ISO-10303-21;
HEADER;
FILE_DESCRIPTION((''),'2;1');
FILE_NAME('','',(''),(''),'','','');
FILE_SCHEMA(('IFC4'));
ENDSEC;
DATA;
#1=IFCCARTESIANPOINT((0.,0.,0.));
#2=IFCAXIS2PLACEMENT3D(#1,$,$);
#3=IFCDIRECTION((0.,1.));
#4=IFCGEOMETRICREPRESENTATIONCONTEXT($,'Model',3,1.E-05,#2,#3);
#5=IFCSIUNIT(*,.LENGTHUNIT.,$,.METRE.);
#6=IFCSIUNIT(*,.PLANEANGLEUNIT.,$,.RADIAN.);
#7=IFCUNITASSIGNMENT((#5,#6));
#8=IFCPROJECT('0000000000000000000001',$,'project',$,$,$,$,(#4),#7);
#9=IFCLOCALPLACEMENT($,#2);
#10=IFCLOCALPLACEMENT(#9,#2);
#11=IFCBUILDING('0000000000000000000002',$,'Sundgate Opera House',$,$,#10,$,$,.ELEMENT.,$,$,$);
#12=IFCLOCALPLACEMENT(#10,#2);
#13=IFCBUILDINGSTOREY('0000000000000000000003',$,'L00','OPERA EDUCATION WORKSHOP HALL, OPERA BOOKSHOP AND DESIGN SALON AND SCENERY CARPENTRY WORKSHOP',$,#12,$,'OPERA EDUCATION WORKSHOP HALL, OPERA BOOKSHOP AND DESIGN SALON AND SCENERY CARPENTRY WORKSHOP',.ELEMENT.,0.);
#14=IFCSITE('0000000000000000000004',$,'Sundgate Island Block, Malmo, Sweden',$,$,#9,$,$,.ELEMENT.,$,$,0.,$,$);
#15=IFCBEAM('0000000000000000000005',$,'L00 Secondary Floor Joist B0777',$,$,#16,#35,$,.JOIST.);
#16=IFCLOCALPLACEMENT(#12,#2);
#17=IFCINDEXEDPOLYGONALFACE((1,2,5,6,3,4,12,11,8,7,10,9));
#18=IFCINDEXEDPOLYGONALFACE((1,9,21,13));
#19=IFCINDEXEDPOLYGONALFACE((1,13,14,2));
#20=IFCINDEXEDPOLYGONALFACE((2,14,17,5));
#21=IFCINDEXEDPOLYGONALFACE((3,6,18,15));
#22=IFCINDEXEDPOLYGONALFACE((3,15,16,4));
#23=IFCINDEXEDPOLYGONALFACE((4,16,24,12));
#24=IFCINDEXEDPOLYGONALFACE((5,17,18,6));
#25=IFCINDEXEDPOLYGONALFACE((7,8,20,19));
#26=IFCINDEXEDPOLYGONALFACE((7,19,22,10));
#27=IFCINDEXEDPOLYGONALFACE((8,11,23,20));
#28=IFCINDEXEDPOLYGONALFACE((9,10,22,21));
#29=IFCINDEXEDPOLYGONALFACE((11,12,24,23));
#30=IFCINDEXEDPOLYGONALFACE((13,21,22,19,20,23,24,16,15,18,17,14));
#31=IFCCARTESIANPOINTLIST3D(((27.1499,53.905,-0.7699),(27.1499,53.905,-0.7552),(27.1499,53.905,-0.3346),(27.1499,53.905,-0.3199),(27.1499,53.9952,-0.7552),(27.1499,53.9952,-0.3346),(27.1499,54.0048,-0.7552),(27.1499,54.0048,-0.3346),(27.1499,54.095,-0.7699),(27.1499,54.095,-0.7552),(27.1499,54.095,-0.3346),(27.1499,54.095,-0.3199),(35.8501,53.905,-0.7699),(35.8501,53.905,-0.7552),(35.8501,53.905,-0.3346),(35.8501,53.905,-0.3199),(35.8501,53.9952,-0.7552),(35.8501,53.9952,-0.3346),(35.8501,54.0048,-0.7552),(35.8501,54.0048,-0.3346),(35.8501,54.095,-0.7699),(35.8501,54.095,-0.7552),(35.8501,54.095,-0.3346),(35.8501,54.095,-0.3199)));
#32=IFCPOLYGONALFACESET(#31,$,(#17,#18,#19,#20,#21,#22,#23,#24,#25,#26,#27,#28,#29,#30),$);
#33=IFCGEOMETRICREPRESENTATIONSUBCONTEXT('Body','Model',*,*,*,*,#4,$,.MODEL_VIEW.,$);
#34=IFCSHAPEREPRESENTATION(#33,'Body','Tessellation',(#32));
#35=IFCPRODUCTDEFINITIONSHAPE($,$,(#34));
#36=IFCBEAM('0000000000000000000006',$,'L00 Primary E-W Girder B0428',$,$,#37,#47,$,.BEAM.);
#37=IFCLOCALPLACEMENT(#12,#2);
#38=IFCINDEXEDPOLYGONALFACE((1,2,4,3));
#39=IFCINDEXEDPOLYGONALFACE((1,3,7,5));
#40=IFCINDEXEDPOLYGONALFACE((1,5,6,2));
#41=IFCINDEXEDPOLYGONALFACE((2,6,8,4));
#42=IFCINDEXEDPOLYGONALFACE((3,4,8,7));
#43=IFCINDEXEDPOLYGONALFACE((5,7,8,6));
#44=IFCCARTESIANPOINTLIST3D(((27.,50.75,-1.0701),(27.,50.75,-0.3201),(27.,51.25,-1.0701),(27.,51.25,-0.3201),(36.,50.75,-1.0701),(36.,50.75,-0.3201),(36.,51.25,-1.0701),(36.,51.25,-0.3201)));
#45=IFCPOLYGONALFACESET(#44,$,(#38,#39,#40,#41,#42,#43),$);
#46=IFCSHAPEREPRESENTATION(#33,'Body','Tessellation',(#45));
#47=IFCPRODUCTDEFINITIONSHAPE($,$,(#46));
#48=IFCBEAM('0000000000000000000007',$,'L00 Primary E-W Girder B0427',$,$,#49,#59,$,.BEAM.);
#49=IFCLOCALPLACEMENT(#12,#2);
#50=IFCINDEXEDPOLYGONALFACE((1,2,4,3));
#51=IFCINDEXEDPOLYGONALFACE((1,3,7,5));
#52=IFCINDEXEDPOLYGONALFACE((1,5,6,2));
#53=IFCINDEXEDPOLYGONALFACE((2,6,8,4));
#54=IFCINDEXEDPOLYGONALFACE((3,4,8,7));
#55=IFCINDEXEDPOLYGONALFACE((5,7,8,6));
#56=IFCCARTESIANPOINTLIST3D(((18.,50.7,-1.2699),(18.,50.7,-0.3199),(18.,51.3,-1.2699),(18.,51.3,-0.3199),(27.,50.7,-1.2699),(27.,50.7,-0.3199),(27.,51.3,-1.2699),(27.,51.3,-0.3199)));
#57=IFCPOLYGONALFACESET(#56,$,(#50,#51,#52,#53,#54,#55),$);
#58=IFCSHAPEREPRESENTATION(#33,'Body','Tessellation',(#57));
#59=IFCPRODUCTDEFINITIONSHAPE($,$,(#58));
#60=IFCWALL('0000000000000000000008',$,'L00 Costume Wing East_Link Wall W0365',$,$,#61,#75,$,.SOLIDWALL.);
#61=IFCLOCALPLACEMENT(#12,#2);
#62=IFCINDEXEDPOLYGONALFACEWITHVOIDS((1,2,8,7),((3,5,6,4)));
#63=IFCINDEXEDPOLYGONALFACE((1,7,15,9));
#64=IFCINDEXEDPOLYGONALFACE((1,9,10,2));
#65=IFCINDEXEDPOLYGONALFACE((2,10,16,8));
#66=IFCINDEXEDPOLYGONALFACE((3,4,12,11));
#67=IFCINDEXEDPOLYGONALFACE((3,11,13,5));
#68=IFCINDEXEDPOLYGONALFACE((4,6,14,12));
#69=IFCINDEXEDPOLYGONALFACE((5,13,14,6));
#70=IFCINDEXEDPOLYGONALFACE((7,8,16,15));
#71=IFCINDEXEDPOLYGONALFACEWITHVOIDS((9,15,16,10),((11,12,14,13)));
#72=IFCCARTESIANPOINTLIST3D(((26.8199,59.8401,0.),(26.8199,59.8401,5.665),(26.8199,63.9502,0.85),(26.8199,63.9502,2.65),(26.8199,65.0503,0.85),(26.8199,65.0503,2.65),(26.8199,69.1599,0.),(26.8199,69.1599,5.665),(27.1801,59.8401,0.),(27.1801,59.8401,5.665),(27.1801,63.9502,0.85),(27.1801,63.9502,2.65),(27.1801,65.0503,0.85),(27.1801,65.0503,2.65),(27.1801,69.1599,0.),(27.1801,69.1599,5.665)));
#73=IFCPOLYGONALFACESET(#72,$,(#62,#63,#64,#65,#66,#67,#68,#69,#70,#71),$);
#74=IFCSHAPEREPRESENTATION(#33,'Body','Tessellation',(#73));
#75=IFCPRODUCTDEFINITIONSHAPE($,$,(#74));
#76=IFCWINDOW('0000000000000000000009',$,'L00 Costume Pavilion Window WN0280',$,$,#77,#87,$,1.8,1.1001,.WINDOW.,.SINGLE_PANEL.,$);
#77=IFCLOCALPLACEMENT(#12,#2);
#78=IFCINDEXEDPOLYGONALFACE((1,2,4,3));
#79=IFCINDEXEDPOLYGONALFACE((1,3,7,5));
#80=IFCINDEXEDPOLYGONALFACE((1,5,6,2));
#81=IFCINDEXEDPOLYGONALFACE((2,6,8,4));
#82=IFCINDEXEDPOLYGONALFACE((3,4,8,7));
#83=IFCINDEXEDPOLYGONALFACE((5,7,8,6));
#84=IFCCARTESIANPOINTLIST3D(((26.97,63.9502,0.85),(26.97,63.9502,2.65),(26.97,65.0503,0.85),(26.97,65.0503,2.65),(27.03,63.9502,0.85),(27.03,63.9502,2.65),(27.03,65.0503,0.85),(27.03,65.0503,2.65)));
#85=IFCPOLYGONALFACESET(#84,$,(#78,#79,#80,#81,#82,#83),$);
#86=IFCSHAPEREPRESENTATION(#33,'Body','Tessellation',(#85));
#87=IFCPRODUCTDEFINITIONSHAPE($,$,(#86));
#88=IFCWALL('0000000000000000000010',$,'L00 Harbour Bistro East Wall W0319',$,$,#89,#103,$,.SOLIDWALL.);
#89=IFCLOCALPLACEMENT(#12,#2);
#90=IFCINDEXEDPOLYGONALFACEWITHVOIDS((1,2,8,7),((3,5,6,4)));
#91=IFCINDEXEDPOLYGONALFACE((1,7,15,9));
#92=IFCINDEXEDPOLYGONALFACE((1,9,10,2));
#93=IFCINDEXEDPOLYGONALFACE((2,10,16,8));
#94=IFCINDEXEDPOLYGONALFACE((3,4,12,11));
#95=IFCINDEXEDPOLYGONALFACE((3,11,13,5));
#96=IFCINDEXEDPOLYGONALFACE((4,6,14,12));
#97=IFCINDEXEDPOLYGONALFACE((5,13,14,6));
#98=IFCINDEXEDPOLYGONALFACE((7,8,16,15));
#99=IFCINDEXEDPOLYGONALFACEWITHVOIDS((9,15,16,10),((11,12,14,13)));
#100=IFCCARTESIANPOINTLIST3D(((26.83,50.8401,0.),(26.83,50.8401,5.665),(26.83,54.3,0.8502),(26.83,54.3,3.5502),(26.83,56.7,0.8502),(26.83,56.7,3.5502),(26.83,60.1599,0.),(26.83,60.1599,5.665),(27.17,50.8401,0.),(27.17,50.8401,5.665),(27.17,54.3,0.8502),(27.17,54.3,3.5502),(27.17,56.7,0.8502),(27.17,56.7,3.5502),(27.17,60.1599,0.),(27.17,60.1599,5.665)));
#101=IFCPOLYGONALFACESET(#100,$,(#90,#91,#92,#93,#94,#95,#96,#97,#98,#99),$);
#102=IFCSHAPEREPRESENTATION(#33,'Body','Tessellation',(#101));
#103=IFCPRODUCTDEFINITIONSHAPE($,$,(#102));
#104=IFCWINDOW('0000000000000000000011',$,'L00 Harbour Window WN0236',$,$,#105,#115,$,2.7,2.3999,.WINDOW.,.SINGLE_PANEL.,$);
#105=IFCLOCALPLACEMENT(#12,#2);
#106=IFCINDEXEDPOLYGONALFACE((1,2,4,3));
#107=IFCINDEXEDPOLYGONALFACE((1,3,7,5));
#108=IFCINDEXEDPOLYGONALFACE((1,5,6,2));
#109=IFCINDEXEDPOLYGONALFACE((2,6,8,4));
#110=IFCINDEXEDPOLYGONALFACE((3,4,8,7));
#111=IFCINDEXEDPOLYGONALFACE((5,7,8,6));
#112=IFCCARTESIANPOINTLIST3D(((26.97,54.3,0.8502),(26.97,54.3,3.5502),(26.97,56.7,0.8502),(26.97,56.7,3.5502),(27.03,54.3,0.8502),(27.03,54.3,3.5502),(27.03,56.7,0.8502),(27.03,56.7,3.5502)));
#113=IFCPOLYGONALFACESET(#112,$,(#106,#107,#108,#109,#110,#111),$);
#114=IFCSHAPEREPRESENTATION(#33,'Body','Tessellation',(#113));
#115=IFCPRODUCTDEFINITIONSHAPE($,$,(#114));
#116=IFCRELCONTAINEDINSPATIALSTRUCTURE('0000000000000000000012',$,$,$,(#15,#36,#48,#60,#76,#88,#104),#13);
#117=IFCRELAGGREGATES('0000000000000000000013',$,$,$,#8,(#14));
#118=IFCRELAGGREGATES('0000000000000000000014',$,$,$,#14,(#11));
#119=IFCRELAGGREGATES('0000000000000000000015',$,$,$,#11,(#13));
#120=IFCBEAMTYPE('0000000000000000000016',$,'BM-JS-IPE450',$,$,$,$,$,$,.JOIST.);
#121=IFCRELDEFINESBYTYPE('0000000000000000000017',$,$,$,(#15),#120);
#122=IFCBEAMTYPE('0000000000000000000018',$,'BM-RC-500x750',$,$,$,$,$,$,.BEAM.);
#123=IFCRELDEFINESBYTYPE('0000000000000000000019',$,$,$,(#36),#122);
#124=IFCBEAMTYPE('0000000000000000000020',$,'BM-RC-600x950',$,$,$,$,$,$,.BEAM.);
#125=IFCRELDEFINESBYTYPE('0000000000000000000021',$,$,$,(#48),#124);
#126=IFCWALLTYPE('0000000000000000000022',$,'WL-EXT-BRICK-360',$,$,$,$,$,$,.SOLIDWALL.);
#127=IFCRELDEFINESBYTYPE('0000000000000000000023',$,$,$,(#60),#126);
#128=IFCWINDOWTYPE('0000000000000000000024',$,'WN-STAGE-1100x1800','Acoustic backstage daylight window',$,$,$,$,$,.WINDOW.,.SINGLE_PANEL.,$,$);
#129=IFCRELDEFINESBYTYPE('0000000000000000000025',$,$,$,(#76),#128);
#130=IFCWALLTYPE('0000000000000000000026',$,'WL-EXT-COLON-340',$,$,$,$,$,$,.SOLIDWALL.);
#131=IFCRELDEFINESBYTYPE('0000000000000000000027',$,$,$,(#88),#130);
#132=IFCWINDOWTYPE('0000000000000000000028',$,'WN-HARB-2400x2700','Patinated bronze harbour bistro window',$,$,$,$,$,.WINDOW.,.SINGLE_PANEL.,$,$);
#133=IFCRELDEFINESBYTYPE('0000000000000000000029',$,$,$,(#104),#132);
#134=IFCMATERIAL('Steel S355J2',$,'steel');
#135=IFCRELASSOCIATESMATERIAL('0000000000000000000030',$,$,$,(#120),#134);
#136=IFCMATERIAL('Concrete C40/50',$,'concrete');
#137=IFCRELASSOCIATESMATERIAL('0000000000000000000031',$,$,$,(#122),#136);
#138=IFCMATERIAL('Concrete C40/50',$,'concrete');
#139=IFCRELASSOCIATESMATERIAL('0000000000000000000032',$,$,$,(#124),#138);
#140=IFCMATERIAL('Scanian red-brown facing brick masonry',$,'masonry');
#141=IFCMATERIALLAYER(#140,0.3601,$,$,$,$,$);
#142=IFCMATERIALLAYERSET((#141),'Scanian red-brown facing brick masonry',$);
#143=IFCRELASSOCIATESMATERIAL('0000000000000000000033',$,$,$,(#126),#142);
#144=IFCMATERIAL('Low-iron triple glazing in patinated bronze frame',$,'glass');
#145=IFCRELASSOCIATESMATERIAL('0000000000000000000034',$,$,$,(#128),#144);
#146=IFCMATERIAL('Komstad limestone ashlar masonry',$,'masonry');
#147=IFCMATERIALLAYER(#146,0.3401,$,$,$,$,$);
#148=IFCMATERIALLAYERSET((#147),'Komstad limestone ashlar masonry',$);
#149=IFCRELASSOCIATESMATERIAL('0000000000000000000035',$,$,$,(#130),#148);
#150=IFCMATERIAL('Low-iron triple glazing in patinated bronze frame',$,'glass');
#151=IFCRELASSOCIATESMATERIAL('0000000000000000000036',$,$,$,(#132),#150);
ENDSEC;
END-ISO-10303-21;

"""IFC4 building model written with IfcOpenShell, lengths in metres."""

from ifc_helpers import new_model, si_unit, direction, frame, frame_2d, origin, origin_2d, place, context, subcontext, project, spatial, rectangle, i_section, extrude, material, layer, layer_set, material_profile, profile_set, type_object, element, fill, save


model = new_model("IFC4")

# Units and contexts
model_context = context("Model", 3, precision=1e-05, world=origin(), true_north=direction((0.0, 1.0)))
body_context = subcontext(model_context, "Body", "Model", "MODEL_VIEW")
ifc_project = project(units=[si_unit("LENGTHUNIT", "METRE"), si_unit("PLANEANGLEUNIT", "RADIAN")], contexts=[model_context])

# Site, building, storey
site_placement = place(None, origin())
site = spatial("IfcSite", under=ifc_project, at=site_placement, Name="Sundgate Island Block, Malmo, Sweden", CompositionType="ELEMENT", RefElevation=0.0)
building_placement = place(site_placement, origin())
building = spatial("IfcBuilding", under=site, at=building_placement, Name="Sundgate Opera House", CompositionType="ELEMENT")
storey_placement = place(building_placement, origin())
storey = spatial("IfcBuildingStorey", under=building, at=storey_placement, Name="L00", Description="OPERA EDUCATION WORKSHOP HALL, OPERA BOOKSHOP AND DESIGN SALON AND SCENERY CARPENTRY WORKSHOP", LongName="OPERA EDUCATION WORKSHOP HALL, OPERA BOOKSHOP AND DESIGN SALON AND SCENERY CARPENTRY WORKSHOP", CompositionType="ELEMENT", Elevation=0.0)

# Beams
ifc_material_1 = material(Name="Steel S355J2", Category="steel")
ifc_material_profile_1 = material_profile(ifc_material_1, i_section(OverallWidth=0.1899, OverallDepth=0.45, WebThickness=0.0095, FlangeThickness=0.0146, at=origin_2d()), Name="IPE 450")
ifc_profile_set_1 = profile_set([ifc_material_profile_1], Name="Steel S355J2")
beam_type_1 = type_object("IfcBeamType", Name="BM-JS-IPE450", PredefinedType="JOIST", material=ifc_profile_set_1)
for number, where, z_axis, x_axis, name in (
    (1, (27.1499, 54.0, -0.5449), (1.0, 0.0, 0.0), (0.0, 1.0, 0.0), "L00 Secondary Floor Joist B0777"),
):
    element("IfcBeam", number, at=place(storey_placement, frame(where, z_axis=z_axis, x_axis=x_axis)), inside=storey, type_object=beam_type_1, Name=name, PredefinedType="JOIST", context=body_context, shape_type="SweptSolid", body=[
        extrude(i_section(OverallWidth=0.1899, OverallDepth=0.45, WebThickness=0.0095, FlangeThickness=0.0146, at=origin_2d()), origin(), (0.0, 0.0, 1.0), 8.7002),
    ])
ifc_material_2 = material(Name="Concrete C40/50", Category="concrete")
ifc_material_profile_2 = material_profile(ifc_material_2, rectangle(XDim=0.5, YDim=0.75, at=origin_2d()), Name="RC 500x750")
ifc_profile_set_2 = profile_set([ifc_material_profile_2], Name="Concrete C40/50")
beam_type_2 = type_object("IfcBeamType", Name="BM-RC-500x750", PredefinedType="BEAM", material=ifc_profile_set_2)
beam_1_placement = place(storey_placement, frame((27.0, 51.0, -0.6951), z_axis=(1.0, 0.0, 0.0), x_axis=(0.0, 1.0, 0.0)))
element("IfcBeam", 2, at=beam_1_placement, inside=storey, type_object=beam_type_2, Name="L00 Primary E-W Girder B0428", PredefinedType="BEAM", context=body_context, shape_type="SweptSolid", body=[
    extrude(rectangle(XDim=0.5, YDim=0.75, at=origin_2d()), origin(), (0.0, 0.0, 1.0), 9.0),
])
ifc_material_3 = material(Name="Concrete C40/50", Category="concrete")
ifc_material_profile_3 = material_profile(ifc_material_3, rectangle(XDim=0.6001, YDim=0.95, at=origin_2d()), Name="RC 600x950")
ifc_profile_set_3 = profile_set([ifc_material_profile_3], Name="Concrete C40/50")
beam_type_3 = type_object("IfcBeamType", Name="BM-RC-600x950", PredefinedType="BEAM", material=ifc_profile_set_3)
beam_2_placement = place(storey_placement, frame((18.0, 51.0, -0.7949), z_axis=(1.0, 0.0, 0.0), x_axis=(0.0, 1.0, 0.0)))
element("IfcBeam", 3, at=beam_2_placement, inside=storey, type_object=beam_type_3, Name="L00 Primary E-W Girder B0427", PredefinedType="BEAM", context=body_context, shape_type="SweptSolid", body=[
    extrude(rectangle(XDim=0.6001, YDim=0.95, at=origin_2d()), origin(), (0.0, 0.0, 1.0), 9.0),
])

# Walls, openings, windows
ifc_material_4 = material(Name="Scanian red-brown facing brick masonry", Category="masonry")
ifc_layer_1 = layer(ifc_material_4, 0.3601)
ifc_layer_set_1 = layer_set([ifc_layer_1], Name="Scanian red-brown facing brick masonry")
wall_type_1 = type_object("IfcWallType", Name="WL-EXT-BRICK-360", PredefinedType="SOLIDWALL", material=ifc_layer_set_1)
wall_1_placement = place(storey_placement, frame((27.0, 59.8401, 0.0), z_axis=(0.0, 0.0, 1.0), x_axis=(0.0, 1.0, 0.0)))
wall_1 = element("IfcWall", 4, at=wall_1_placement, inside=storey, type_object=wall_type_1, Name="L00 Costume Wing East_Link Wall W0365", PredefinedType="SOLIDWALL", context=body_context, shape_type="SweptSolid", body=[
    extrude(rectangle(XDim=9.3198, YDim=0.3601, at=frame_2d((4.6599, 0.0))), origin(), (0.0, 0.0, 1.0), 5.665),
])
opening_1_placement = place(wall_1_placement, frame((4.1101, 0.0, 0.8501)))
opening_1 = element("IfcOpeningElement", 5, at=opening_1_placement, cuts=wall_1, PredefinedType="OPENING", context=body_context, shape_type="SweptSolid", body=[
    extrude(rectangle(XDim=1.1001, YDim=1.8, at=frame_2d((0.55, 0.8999))), frame((0.0, 0.1899, 0.0), z_axis=(0.0, -1.0, 0.0), x_axis=(1.0, 0.0, 0.0)), (0.0, 0.0, 1.0), 0.3801),
])
ifc_material_5 = material(Name="Low-iron triple glazing in patinated bronze frame", Category="glass")
window_type_1 = type_object("IfcWindowType", Name="WN-STAGE-1100x1800", Description="Acoustic backstage daylight window", PartitioningType="SINGLE_PANEL", PredefinedType="WINDOW", material=ifc_material_5)
window_1_placement = place(opening_1_placement, origin())
window_1 = element("IfcWindow", 6, at=window_1_placement, inside=storey, type_object=window_type_1, Name="L00 Costume Pavilion Window WN0280", OverallHeight=1.8, OverallWidth=1.1001, PartitioningType="SINGLE_PANEL", PredefinedType="WINDOW", context=body_context, shape_type="SweptSolid", body=[
    extrude(rectangle(XDim=1.1001, YDim=1.8, at=frame_2d((0.55, 0.8999))), frame((0.0, 0.03, 0.0), z_axis=(0.0, -1.0, 0.0), x_axis=(1.0, 0.0, 0.0)), (0.0, 0.0, 1.0), 0.0601),
])
fill(opening_1, window_1)
ifc_material_6 = material(Name="Komstad limestone ashlar masonry", Category="masonry")
ifc_layer_2 = layer(ifc_material_6, 0.3401)
ifc_layer_set_2 = layer_set([ifc_layer_2], Name="Komstad limestone ashlar masonry")
wall_type_2 = type_object("IfcWallType", Name="WL-EXT-COLON-340", PredefinedType="SOLIDWALL", material=ifc_layer_set_2)
wall_2_placement = place(storey_placement, frame((27.0, 50.8401, 0.0), z_axis=(0.0, 0.0, 1.0), x_axis=(0.0, 1.0, 0.0)))
wall_2 = element("IfcWall", 7, at=wall_2_placement, inside=storey, type_object=wall_type_2, Name="L00 Harbour Bistro East Wall W0319", PredefinedType="SOLIDWALL", context=body_context, shape_type="SweptSolid", body=[
    extrude(rectangle(XDim=9.3198, YDim=0.3401, at=frame_2d((4.6599, 0.0))), origin(), (0.0, 0.0, 1.0), 5.665),
])
opening_2_placement = place(wall_2_placement, frame((3.46, 0.0, 0.8501)))
opening_2 = element("IfcOpeningElement", 8, at=opening_2_placement, cuts=wall_2, PredefinedType="OPENING", context=body_context, shape_type="SweptSolid", body=[
    extrude(rectangle(XDim=2.3999, YDim=2.7, at=frame_2d((1.2, 1.3501))), frame((0.0, 0.1799, 0.0), z_axis=(0.0, -1.0, 0.0), x_axis=(1.0, 0.0, 0.0)), (0.0, 0.0, 1.0), 0.3601),
])
ifc_material_7 = material(Name="Low-iron triple glazing in patinated bronze frame", Category="glass")
window_type_2 = type_object("IfcWindowType", Name="WN-HARB-2400x2700", Description="Patinated bronze harbour bistro window", PartitioningType="SINGLE_PANEL", PredefinedType="WINDOW", material=ifc_material_7)
window_2_placement = place(opening_2_placement, origin())
window_2 = element("IfcWindow", 9, at=window_2_placement, inside=storey, type_object=window_type_2, Name="L00 Harbour Window WN0236", OverallHeight=2.7, OverallWidth=2.3999, PartitioningType="SINGLE_PANEL", PredefinedType="WINDOW", context=body_context, shape_type="SweptSolid", body=[
    extrude(rectangle(XDim=2.3999, YDim=2.7, at=frame_2d((1.2, 1.3501))), frame((0.0, 0.03, 0.0), z_axis=(0.0, -1.0, 0.0), x_axis=(1.0, 0.0, 0.0)), (0.0, 0.0, 1.0), 0.0601),
])
fill(opening_2, window_2)

save(model, "model.ifc")
